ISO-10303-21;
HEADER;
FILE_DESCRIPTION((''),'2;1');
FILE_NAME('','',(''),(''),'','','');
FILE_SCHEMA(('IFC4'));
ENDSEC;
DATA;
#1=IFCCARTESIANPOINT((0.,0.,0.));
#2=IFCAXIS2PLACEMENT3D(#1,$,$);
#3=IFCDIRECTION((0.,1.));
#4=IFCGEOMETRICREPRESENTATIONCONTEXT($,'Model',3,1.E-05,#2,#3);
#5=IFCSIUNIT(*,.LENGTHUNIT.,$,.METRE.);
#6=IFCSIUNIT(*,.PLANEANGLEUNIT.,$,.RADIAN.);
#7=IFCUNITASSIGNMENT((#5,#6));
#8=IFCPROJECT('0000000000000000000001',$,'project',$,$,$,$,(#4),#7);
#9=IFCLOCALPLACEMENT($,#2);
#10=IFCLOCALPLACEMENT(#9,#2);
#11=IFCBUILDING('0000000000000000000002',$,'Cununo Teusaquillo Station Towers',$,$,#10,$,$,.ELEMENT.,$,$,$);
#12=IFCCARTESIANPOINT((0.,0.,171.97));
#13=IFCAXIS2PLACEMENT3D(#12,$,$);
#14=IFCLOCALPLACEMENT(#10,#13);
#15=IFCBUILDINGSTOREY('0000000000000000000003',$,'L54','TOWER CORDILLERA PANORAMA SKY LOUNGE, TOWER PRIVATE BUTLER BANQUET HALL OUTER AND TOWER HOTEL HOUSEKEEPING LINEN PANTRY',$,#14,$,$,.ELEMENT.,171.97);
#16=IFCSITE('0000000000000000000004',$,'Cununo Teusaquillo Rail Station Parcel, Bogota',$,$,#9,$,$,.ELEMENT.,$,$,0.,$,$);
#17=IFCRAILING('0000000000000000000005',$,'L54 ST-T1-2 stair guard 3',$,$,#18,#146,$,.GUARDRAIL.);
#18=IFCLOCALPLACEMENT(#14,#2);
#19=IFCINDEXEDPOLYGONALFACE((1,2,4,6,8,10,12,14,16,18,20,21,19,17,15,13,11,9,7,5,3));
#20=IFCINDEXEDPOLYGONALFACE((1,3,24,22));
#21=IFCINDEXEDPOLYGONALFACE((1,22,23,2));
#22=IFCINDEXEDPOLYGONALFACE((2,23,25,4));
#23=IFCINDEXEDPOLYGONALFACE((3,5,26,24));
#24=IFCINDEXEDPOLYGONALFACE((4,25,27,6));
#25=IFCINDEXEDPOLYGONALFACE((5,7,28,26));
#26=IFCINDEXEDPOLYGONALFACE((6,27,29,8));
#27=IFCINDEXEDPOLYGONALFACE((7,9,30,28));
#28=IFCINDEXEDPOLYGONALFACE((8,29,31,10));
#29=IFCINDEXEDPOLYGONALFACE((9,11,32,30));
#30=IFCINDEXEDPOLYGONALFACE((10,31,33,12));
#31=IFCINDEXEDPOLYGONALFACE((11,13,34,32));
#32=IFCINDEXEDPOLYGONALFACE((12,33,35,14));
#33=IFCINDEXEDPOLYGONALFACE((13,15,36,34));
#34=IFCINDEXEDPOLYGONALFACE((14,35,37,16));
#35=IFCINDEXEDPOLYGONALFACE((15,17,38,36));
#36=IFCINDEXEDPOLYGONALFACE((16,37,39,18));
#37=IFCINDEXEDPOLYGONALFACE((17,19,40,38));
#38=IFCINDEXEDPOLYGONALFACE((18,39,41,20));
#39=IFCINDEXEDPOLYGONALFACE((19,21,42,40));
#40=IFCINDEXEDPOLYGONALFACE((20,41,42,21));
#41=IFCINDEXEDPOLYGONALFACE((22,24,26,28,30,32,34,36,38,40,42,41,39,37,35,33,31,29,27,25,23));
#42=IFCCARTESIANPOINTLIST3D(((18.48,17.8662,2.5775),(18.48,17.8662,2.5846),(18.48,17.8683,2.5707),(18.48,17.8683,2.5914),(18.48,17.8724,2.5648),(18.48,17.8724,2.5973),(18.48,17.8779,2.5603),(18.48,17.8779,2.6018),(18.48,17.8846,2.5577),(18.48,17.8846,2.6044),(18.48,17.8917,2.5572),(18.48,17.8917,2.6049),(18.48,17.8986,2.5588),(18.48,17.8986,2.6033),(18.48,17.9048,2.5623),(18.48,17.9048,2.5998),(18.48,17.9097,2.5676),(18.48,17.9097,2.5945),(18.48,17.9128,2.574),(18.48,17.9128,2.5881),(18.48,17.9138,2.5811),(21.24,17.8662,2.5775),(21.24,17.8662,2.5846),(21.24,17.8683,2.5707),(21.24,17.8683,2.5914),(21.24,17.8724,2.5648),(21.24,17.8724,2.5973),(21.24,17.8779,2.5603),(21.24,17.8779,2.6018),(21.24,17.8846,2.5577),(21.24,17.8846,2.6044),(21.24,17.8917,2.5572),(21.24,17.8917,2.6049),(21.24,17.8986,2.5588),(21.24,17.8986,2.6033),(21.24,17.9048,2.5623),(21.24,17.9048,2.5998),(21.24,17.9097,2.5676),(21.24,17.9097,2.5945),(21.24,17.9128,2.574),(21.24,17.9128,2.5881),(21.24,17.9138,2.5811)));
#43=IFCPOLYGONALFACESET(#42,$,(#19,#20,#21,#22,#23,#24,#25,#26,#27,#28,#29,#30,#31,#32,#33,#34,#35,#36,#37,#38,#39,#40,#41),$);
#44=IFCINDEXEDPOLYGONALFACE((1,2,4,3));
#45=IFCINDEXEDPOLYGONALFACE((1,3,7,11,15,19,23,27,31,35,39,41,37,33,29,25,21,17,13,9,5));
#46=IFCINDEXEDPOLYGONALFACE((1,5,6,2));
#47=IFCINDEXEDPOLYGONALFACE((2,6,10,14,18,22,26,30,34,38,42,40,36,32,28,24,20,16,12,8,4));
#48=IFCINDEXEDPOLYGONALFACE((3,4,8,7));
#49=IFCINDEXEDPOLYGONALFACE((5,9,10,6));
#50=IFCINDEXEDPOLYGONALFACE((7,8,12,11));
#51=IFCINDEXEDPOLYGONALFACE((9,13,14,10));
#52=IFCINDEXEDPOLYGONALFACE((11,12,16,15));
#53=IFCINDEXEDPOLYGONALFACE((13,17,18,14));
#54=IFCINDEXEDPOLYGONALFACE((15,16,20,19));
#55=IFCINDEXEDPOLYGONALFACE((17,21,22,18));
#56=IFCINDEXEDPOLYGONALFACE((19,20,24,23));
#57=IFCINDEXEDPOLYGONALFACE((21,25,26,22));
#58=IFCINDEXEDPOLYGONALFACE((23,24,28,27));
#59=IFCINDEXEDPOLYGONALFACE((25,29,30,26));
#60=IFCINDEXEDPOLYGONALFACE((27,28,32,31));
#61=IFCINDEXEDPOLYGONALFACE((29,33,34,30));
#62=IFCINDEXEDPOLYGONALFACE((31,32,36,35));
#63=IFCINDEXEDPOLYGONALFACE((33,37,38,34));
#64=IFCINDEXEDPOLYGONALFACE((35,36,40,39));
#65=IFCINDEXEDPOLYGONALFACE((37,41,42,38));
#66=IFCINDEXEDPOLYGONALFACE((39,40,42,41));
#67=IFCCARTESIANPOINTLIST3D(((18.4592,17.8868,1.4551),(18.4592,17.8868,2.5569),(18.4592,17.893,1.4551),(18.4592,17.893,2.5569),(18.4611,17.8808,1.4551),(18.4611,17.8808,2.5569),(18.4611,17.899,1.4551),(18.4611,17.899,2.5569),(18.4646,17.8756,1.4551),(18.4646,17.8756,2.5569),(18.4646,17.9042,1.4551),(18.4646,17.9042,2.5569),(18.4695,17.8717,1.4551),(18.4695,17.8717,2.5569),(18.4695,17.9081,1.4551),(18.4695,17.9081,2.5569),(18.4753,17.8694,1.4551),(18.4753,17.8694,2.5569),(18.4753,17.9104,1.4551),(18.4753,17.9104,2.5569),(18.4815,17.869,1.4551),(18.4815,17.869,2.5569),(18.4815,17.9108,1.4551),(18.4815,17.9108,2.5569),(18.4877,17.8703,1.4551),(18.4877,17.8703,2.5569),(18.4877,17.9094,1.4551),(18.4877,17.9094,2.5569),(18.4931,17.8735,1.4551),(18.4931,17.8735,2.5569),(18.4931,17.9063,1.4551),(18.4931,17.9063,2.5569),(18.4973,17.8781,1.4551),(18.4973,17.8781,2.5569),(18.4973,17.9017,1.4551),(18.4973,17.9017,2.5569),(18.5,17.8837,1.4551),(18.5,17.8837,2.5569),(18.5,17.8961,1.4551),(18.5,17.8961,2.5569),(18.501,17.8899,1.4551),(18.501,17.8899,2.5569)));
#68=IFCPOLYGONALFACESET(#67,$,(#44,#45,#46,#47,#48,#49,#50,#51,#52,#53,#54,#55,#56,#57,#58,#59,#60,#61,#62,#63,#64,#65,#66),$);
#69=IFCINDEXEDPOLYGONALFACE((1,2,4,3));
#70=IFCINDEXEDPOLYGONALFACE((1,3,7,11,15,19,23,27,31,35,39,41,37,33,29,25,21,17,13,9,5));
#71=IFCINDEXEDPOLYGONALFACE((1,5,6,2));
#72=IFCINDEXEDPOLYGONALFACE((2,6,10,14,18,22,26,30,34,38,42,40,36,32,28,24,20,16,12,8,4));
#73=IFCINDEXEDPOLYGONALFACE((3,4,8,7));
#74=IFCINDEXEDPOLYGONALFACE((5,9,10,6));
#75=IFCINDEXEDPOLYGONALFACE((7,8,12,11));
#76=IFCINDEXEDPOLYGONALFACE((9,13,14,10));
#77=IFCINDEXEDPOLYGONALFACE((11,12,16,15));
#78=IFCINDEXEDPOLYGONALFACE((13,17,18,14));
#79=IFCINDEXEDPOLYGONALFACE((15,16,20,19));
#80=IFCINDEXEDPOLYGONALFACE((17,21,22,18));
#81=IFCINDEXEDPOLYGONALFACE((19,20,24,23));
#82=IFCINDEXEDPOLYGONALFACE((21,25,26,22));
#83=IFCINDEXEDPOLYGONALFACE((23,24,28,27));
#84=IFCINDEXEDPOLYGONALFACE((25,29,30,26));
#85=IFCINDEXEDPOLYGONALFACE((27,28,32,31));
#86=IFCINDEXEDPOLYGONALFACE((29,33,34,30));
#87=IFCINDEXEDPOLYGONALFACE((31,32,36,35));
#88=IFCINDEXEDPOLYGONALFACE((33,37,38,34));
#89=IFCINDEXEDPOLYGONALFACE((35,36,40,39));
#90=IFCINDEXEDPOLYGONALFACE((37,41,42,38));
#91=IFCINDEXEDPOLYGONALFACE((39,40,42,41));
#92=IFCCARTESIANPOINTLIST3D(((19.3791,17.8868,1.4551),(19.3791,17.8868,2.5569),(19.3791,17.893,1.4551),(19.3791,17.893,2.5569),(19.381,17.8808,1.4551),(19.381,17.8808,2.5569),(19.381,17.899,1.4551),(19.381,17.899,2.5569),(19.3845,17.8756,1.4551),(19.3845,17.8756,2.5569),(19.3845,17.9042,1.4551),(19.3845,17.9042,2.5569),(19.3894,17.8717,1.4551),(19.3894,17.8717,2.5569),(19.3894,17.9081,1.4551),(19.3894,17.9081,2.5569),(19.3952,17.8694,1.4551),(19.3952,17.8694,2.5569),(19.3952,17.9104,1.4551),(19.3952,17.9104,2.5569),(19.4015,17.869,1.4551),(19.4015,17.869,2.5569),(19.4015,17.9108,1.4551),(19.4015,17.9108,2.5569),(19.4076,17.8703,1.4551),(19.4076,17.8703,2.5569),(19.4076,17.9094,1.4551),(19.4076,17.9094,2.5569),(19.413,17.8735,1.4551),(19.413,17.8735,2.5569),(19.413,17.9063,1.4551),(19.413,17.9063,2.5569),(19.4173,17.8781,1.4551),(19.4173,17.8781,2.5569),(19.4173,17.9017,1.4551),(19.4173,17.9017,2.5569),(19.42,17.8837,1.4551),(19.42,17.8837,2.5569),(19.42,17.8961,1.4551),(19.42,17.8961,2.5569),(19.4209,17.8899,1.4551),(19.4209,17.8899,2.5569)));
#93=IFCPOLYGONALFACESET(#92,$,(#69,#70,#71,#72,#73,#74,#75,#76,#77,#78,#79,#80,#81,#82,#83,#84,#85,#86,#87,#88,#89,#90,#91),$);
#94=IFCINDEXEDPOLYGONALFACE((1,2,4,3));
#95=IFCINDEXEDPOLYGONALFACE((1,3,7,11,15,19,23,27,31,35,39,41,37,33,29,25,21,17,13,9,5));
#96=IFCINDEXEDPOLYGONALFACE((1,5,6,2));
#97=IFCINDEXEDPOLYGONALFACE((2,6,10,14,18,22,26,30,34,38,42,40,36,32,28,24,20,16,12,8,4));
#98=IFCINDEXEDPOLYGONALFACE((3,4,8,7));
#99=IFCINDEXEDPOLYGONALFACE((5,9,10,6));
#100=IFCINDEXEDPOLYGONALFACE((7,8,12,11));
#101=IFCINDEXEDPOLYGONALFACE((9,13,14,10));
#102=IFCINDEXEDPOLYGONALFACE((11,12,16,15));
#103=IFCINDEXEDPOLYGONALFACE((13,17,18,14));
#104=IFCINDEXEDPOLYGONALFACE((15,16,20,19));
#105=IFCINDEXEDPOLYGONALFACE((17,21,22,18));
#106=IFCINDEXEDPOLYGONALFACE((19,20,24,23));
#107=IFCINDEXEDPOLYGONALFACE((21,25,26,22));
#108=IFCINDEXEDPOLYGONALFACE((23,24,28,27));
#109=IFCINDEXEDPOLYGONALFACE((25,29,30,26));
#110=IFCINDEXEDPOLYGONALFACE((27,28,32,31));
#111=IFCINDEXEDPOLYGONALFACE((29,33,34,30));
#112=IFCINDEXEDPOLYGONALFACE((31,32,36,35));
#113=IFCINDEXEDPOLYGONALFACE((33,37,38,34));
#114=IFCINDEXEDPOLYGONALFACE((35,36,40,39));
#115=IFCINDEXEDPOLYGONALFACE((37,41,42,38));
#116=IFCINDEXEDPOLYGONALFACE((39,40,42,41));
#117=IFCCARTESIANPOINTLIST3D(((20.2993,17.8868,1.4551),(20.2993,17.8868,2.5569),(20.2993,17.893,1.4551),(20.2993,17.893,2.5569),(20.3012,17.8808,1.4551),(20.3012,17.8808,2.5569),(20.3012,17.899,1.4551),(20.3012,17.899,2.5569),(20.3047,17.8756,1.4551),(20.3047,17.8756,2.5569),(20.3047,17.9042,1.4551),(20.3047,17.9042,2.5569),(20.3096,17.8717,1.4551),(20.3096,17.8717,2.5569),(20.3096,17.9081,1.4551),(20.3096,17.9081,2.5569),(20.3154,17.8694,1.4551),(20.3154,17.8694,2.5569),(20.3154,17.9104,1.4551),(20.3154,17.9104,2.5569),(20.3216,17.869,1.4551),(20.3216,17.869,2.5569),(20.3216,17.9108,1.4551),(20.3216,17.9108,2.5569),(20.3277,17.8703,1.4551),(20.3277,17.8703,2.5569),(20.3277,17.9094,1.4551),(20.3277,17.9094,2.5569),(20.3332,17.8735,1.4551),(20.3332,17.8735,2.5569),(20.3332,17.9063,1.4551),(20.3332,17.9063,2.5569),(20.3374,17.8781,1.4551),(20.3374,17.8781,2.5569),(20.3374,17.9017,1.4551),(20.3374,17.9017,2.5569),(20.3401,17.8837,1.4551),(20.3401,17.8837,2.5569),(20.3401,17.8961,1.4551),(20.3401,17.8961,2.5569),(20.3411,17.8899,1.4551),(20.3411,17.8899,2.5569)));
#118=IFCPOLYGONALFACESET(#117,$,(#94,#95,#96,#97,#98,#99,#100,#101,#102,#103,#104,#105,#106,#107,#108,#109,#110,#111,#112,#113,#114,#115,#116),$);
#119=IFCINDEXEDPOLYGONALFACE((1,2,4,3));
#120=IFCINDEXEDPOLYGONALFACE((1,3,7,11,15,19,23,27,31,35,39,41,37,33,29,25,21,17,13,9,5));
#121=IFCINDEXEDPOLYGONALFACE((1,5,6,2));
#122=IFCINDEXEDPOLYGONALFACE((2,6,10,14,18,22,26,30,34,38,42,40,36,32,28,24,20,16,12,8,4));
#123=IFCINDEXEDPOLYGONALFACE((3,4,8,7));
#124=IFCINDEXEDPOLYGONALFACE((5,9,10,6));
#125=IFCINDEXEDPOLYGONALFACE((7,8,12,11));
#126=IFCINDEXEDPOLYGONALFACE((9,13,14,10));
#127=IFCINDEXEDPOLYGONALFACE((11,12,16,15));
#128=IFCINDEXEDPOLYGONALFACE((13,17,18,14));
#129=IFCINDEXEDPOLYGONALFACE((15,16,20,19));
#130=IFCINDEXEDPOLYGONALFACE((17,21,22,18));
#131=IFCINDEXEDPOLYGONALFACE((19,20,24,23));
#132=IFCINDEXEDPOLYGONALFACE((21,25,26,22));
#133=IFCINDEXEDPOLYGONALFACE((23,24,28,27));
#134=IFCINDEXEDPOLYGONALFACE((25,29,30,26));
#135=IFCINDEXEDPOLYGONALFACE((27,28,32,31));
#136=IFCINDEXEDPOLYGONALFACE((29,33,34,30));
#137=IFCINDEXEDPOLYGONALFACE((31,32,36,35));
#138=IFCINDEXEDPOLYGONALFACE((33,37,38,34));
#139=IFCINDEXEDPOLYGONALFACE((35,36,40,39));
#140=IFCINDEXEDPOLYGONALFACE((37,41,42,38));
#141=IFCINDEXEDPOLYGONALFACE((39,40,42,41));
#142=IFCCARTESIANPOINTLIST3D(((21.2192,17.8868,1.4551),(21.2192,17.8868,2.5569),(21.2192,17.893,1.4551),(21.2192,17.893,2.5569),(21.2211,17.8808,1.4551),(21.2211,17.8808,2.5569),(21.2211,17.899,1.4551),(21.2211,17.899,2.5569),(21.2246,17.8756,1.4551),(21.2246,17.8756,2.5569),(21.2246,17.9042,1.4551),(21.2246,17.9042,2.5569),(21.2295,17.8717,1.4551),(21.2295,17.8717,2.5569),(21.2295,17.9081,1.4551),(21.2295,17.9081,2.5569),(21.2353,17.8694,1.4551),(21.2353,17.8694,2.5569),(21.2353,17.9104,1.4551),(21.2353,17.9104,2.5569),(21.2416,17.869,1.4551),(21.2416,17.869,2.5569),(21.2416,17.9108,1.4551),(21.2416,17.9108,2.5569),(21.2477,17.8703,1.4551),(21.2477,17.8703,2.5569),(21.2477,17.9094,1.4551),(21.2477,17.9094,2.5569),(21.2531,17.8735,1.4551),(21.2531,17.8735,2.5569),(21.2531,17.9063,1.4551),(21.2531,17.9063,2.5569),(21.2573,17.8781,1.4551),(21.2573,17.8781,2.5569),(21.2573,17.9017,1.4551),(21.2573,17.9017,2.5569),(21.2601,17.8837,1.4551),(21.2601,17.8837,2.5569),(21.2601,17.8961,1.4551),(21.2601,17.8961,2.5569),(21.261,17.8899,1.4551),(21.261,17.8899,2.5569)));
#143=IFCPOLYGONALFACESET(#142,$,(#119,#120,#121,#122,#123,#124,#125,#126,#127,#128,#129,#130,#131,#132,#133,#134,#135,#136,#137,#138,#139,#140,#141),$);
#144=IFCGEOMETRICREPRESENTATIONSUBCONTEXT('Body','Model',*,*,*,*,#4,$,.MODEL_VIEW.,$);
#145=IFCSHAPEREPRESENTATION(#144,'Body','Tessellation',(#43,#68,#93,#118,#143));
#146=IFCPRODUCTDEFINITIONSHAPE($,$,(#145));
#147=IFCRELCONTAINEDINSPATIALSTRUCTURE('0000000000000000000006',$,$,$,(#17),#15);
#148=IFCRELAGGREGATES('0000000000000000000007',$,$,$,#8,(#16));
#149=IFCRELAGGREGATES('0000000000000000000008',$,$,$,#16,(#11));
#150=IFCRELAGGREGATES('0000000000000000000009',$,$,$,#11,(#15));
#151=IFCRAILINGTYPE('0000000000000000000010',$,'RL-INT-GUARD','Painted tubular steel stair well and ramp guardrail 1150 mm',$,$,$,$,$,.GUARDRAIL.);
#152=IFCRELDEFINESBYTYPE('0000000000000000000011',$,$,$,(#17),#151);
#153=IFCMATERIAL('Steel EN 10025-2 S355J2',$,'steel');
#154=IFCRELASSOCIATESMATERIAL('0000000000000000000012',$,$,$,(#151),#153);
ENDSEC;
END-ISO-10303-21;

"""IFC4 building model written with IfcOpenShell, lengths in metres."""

from ifc_helpers import new_model, si_unit, direction, frame, origin, origin_2d, place, context, subcontext, project, spatial, circle, extrude, material, type_object, element, save


model = new_model("IFC4")

# Units and contexts
model_context = context("Model", 3, precision=1e-05, world=origin(), true_north=direction((0.0, 1.0)))
body_context = subcontext(model_context, "Body", "Model", "MODEL_VIEW")
ifc_project = project(units=[si_unit("LENGTHUNIT", "METRE"), si_unit("PLANEANGLEUNIT", "RADIAN")], contexts=[model_context])

# Site, building, storey
site_placement = place(None, origin())
site = spatial("IfcSite", under=ifc_project, at=site_placement, Name="Cununo Teusaquillo Rail Station Parcel, Bogota", CompositionType="ELEMENT", RefElevation=0.0)
building_placement = place(site_placement, origin())
building = spatial("IfcBuilding", under=site, at=building_placement, Name="Cununo Teusaquillo Station Towers", CompositionType="ELEMENT")
storey_placement = place(building_placement, frame((0.0, 0.0, 171.97)))
storey = spatial("IfcBuildingStorey", under=building, at=storey_placement, Name="L54", Description="TOWER CORDILLERA PANORAMA SKY LOUNGE, TOWER PRIVATE BUTLER BANQUET HALL OUTER AND TOWER HOTEL HOUSEKEEPING LINEN PANTRY", CompositionType="ELEMENT", Elevation=171.97)

# Railing
ifc_material_1 = material(Name="Steel EN 10025-2 S355J2", Category="steel")
railing_type_1 = type_object("IfcRailingType", Name="RL-INT-GUARD", Description="Painted tubular steel stair well and ramp guardrail 1150 mm", PredefinedType="GUARDRAIL", material=ifc_material_1)
railing_1_placement = place(storey_placement, frame((18.48, 17.8899, 1.4551)))
element("IfcRailing", 1, at=railing_1_placement, inside=storey, type_object=railing_type_1, Name="L54 ST-T1-2 stair guard 3", PredefinedType="GUARDRAIL", context=body_context, shape_type="SweptSolid", body=[
    extrude(circle(Radius=0.0239, at=origin_2d()), frame((0.0, 0.0, 1.126), z_axis=(1.0, 0.0, 0.0), x_axis=(0.0, 1.0, 0.0)), (0.0, 0.0, 1.0), 2.76),
    extrude(circle(Radius=0.021, at=origin_2d()), origin(), (0.0, 0.0, 1.0), 1.1018),
    extrude(circle(Radius=0.021, at=origin_2d()), frame((0.9199, 0.0, 0.0)), (0.0, 0.0, 1.0), 1.1018),
    extrude(circle(Radius=0.021, at=origin_2d()), frame((1.8401, 0.0, 0.0)), (0.0, 0.0, 1.0), 1.1018),
    extrude(circle(Radius=0.021, at=origin_2d()), frame((2.76, 0.0, 0.0)), (0.0, 0.0, 1.0), 1.1018),
])

save(model, "model.ifc")
